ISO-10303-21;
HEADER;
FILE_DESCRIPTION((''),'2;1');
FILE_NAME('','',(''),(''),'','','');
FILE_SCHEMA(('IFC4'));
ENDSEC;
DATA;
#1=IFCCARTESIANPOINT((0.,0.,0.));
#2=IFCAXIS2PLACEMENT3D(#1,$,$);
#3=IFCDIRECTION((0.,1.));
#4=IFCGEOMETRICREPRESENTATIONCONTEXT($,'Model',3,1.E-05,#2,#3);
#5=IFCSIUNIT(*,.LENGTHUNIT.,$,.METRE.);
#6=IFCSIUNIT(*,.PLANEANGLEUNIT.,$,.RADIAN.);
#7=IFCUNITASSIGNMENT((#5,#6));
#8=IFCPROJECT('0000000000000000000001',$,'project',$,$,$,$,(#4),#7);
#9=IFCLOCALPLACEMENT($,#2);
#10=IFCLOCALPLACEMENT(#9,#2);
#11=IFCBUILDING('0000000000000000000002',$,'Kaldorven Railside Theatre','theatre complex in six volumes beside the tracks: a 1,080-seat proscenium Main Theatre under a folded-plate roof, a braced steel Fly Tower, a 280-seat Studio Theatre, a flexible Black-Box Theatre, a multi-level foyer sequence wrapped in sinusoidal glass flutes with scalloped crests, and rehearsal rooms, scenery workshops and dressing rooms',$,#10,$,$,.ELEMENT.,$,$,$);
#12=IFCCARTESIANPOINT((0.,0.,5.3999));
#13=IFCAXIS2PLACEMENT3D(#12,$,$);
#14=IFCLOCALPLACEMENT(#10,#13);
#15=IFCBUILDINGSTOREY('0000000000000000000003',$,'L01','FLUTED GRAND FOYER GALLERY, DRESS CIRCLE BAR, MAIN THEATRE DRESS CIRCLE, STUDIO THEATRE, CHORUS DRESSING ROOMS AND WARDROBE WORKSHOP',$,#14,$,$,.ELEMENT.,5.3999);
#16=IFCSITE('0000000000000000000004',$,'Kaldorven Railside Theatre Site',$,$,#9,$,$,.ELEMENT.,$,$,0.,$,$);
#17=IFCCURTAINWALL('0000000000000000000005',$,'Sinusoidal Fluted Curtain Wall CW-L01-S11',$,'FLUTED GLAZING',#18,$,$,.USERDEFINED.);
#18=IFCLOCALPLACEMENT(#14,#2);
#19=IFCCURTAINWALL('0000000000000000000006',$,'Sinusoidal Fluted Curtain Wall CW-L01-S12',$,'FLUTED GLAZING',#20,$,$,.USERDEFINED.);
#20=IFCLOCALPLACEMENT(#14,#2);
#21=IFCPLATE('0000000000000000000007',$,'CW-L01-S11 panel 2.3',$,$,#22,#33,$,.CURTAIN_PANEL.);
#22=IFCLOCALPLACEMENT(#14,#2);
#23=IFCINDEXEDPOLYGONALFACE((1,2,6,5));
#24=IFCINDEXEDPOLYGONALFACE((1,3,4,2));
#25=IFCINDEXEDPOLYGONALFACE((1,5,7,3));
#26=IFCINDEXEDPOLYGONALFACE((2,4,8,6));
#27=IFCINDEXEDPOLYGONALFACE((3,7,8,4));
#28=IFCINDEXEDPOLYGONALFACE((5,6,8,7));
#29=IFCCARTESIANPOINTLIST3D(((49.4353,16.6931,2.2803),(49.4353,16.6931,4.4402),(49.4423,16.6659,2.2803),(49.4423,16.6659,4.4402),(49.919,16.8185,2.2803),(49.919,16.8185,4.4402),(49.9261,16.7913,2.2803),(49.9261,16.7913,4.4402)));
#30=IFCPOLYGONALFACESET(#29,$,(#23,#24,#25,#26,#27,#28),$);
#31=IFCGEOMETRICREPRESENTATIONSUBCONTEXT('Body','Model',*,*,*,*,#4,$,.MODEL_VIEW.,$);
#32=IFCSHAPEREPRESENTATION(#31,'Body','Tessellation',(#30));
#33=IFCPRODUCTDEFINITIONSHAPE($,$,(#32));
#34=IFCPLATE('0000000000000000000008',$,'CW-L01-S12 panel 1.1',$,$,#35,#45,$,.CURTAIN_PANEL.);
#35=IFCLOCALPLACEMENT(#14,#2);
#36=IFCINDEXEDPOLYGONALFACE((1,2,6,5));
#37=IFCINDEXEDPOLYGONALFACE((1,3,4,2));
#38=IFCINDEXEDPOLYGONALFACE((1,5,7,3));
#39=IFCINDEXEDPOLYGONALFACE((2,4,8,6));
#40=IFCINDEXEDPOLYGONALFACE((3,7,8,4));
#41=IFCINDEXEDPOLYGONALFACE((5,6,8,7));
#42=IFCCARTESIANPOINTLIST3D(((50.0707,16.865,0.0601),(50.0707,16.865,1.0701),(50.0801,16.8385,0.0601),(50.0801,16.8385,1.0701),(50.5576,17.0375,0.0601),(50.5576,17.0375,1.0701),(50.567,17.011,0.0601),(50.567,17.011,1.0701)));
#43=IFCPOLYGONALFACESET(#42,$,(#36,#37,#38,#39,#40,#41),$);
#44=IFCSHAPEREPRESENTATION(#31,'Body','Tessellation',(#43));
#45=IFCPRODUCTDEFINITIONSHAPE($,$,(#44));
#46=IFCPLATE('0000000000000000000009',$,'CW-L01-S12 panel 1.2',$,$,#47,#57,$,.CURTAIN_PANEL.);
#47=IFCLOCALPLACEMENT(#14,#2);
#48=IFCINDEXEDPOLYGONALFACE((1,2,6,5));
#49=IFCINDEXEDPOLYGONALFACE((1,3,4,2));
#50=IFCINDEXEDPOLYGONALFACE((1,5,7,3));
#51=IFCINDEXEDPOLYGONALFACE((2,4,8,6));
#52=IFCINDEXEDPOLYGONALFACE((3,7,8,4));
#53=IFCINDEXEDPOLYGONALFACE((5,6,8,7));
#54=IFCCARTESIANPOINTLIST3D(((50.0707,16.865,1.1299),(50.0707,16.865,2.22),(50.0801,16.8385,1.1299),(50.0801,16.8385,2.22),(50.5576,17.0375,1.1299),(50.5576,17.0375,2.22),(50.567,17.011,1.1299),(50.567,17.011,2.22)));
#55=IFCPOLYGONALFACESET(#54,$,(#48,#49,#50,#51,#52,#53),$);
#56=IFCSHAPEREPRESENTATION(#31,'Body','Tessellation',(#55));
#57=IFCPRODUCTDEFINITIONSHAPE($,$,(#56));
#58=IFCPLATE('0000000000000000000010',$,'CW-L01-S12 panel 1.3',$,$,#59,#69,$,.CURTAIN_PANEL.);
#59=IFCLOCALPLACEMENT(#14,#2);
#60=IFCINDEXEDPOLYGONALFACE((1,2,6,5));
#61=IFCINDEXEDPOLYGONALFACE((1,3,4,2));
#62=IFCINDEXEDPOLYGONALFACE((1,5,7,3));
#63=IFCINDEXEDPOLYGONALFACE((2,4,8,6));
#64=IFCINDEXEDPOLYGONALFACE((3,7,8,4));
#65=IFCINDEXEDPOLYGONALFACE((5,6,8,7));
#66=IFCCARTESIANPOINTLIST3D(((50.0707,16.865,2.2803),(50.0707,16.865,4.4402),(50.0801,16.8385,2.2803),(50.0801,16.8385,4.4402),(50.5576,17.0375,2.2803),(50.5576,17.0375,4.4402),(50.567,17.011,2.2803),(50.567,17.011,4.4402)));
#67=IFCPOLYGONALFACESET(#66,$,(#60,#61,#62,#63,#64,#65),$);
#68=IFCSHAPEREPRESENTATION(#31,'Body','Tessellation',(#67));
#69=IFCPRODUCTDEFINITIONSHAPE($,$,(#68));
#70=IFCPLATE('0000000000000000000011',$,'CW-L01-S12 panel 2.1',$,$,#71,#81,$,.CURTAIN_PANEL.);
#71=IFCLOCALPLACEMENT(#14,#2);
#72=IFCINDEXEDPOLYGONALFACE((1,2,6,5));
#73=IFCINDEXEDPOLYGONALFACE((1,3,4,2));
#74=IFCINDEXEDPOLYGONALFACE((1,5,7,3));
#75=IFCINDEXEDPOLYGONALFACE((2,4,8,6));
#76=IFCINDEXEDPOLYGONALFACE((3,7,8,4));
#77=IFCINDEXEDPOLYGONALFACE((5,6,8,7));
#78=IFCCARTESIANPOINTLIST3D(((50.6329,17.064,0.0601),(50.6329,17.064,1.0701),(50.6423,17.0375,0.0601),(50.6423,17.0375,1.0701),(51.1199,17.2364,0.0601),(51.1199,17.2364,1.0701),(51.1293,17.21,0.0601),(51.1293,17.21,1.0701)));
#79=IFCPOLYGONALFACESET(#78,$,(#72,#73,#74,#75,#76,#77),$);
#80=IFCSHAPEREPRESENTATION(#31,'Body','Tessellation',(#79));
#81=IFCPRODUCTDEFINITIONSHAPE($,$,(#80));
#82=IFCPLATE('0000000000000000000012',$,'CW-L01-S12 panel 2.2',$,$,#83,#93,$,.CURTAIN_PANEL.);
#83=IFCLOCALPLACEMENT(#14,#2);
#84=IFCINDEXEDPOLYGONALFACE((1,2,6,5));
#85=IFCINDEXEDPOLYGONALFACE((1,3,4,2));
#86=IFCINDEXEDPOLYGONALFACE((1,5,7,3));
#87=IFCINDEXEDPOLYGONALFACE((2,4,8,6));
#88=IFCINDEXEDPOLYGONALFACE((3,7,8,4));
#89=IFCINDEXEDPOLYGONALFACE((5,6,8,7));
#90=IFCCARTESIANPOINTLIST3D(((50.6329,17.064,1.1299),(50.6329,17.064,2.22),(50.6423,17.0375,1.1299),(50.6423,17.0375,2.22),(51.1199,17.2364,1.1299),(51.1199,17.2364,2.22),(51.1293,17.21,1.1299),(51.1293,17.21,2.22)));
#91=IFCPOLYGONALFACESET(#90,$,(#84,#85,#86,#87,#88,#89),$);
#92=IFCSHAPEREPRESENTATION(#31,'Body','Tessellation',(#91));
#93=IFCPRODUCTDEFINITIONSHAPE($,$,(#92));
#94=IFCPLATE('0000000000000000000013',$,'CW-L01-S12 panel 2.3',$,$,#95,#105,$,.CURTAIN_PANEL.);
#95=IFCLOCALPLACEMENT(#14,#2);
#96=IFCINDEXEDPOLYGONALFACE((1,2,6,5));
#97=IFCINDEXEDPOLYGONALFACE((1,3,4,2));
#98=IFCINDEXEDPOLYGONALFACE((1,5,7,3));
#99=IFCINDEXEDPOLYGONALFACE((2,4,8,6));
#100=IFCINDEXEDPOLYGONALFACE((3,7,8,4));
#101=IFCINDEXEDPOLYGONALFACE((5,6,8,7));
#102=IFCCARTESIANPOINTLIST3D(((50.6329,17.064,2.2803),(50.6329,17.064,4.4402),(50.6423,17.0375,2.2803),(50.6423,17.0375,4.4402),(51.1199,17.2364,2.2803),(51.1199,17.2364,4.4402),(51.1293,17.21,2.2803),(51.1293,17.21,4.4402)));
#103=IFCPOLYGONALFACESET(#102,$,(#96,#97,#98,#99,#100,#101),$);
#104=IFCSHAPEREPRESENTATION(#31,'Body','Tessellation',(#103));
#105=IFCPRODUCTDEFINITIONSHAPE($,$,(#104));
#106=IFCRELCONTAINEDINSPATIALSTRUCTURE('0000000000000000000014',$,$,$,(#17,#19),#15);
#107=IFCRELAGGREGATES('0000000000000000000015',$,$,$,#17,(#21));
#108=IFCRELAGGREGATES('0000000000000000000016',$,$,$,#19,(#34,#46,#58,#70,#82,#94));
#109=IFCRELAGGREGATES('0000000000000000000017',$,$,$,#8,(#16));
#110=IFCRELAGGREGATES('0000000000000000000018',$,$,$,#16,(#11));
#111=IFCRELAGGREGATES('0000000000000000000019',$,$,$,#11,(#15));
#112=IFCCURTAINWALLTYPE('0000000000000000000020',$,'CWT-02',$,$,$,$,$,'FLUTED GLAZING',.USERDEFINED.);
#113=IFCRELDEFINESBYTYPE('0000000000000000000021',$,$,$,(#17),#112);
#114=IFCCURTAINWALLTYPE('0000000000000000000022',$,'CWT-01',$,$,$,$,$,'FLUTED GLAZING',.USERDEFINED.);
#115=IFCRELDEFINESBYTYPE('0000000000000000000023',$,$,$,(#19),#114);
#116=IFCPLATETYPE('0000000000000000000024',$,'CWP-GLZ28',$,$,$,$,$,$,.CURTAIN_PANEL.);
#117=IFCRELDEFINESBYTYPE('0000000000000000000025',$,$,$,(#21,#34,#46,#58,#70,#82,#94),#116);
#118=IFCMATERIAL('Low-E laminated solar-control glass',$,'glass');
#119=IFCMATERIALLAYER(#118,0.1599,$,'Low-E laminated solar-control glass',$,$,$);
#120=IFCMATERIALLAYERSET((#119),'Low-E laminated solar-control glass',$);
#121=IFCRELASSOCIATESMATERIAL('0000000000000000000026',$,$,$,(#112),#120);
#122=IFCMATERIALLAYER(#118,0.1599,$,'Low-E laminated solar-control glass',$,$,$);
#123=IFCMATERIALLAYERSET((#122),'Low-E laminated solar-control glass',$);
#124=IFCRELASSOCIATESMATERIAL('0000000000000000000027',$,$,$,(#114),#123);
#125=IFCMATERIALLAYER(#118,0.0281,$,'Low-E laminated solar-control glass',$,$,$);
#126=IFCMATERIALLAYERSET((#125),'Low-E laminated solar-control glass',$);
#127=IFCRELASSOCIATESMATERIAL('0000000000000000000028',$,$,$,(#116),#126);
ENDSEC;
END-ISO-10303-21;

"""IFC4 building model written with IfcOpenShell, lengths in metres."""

from ifc_helpers import new_model, si_unit, direction, frame, origin, origin_2d, place, context, subcontext, project, spatial, rectangle, extrude, material, layer, layer_set, type_object, element, aggregate, save


model = new_model("IFC4")

# Units and contexts
model_context = context("Model", 3, precision=1e-05, world=origin(), true_north=direction((0.0, 1.0)))
body_context = subcontext(model_context, "Body", "Model", "MODEL_VIEW")
ifc_project = project(units=[si_unit("LENGTHUNIT", "METRE"), si_unit("PLANEANGLEUNIT", "RADIAN")], contexts=[model_context])

# Site, building, storey
site_placement = place(None, origin())
site = spatial("IfcSite", under=ifc_project, at=site_placement, Name="Kaldorven Railside Theatre Site", CompositionType="ELEMENT", RefElevation=0.0)
building_placement = place(site_placement, origin())
building = spatial("IfcBuilding", under=site, at=building_placement, Name="Kaldorven Railside Theatre", Description="theatre complex in six volumes beside the tracks: a 1,080-seat proscenium Main Theatre under a folded-plate roof, a braced steel Fly Tower, a 280-seat Studio Theatre, a flexible Black-Box Theatre, a multi-level foyer sequence wrapped in sinusoidal glass flutes with scalloped crests, and rehearsal rooms, scenery workshops and dressing rooms", CompositionType="ELEMENT")
storey_placement = place(building_placement, frame((0.0, 0.0, 5.3999)))
storey = spatial("IfcBuildingStorey", under=building, at=storey_placement, Name="L01", Description="FLUTED GRAND FOYER GALLERY, DRESS CIRCLE BAR, MAIN THEATRE DRESS CIRCLE, STUDIO THEATRE, CHORUS DRESSING ROOMS AND WARDROBE WORKSHOP", CompositionType="ELEMENT", Elevation=5.3999)

# Curtain walls
ifc_material_1 = material(Name="Low-E laminated solar-control glass", Category="glass")
ifc_layer_1 = layer(ifc_material_1, 0.1599, Name="Low-E laminated solar-control glass")
ifc_layer_set_1 = layer_set([ifc_layer_1], Name="Low-E laminated solar-control glass")
curtain_wall_type_1 = type_object("IfcCurtainWallType", Name="CWT-02", ElementType="FLUTED GLAZING", PredefinedType="USERDEFINED", material=ifc_layer_set_1)
curtain_wall_1_placement = place(storey_placement, origin())
curtain_wall_1 = element("IfcCurtainWall", 1, at=curtain_wall_1_placement, inside=storey, type_object=curtain_wall_type_1, Name="Sinusoidal Fluted Curtain Wall CW-L01-S11", ObjectType="FLUTED GLAZING", PredefinedType="USERDEFINED")
ifc_layer_2 = layer(ifc_material_1, 0.1599, Name="Low-E laminated solar-control glass")
ifc_layer_set_2 = layer_set([ifc_layer_2], Name="Low-E laminated solar-control glass")
curtain_wall_type_2 = type_object("IfcCurtainWallType", Name="CWT-01", ElementType="FLUTED GLAZING", PredefinedType="USERDEFINED", material=ifc_layer_set_2)
curtain_wall_2_placement = place(storey_placement, origin())
curtain_wall_2 = element("IfcCurtainWall", 2, at=curtain_wall_2_placement, inside=storey, type_object=curtain_wall_type_2, Name="Sinusoidal Fluted Curtain Wall CW-L01-S12", ObjectType="FLUTED GLAZING", PredefinedType="USERDEFINED")

# Plates
ifc_layer_3 = layer(ifc_material_1, 0.0281, Name="Low-E laminated solar-control glass")
ifc_layer_set_3 = layer_set([ifc_layer_3], Name="Low-E laminated solar-control glass")
plate_type = type_object("IfcPlateType", Name="CWP-GLZ28", PredefinedType="CURTAIN_PANEL", material=ifc_layer_set_3)
plate_1_placement = place(storey_placement, frame((49.6807, 16.7422, 2.2803), z_axis=(0.0, 0.0, 1.0), x_axis=(0.967999, 0.250954, 0.0)))
plate_1 = element("IfcPlate", 3, at=plate_1_placement, type_object=plate_type, Name="CW-L01-S11 panel 2.3", PredefinedType="CURTAIN_PANEL", context=body_context, shape_type="SweptSolid", body=[
    extrude(rectangle(XDim=0.4998, YDim=0.0281, at=origin_2d()), origin(), (0.0, 0.0, 1.0), 2.1599),
])
aggregate(curtain_wall_1, [plate_1])
plate_2_placement = place(storey_placement, frame((50.3188, 16.938, 0.0601), z_axis=(0.0, 0.0, 1.0), x_axis=(0.942627, 0.333847, 0.0)))
plate_2 = element("IfcPlate", 4, at=plate_2_placement, type_object=plate_type, Name="CW-L01-S12 panel 1.1", PredefinedType="CURTAIN_PANEL", context=body_context, shape_type="SweptSolid", body=[
    extrude(rectangle(XDim=0.5166, YDim=0.0281, at=origin_2d()), origin(), (0.0, 0.0, 1.0), 1.01),
])
plate_3_placement = place(storey_placement, frame((50.3188, 16.938, 1.1299), z_axis=(0.0, 0.0, 1.0), x_axis=(0.942627, 0.333847, 0.0)))
plate_3 = element("IfcPlate", 5, at=plate_3_placement, type_object=plate_type, Name="CW-L01-S12 panel 1.2", PredefinedType="CURTAIN_PANEL", context=body_context, shape_type="SweptSolid", body=[
    extrude(rectangle(XDim=0.5166, YDim=0.0281, at=origin_2d()), origin(), (0.0, 0.0, 1.0), 1.0901),
])
plate_4_placement = place(storey_placement, frame((50.3188, 16.938, 2.2803), z_axis=(0.0, 0.0, 1.0), x_axis=(0.942627, 0.333847, 0.0)))
plate_4 = element("IfcPlate", 6, at=plate_4_placement, type_object=plate_type, Name="CW-L01-S12 panel 1.3", PredefinedType="CURTAIN_PANEL", context=body_context, shape_type="SweptSolid", body=[
    extrude(rectangle(XDim=0.5166, YDim=0.0281, at=origin_2d()), origin(), (0.0, 0.0, 1.0), 2.1599),
])
plate_5_placement = place(storey_placement, frame((50.8811, 17.137, 0.0601), z_axis=(0.0, 0.0, 1.0), x_axis=(0.942627, 0.333847, 0.0)))
plate_5 = element("IfcPlate", 7, at=plate_5_placement, type_object=plate_type, Name="CW-L01-S12 panel 2.1", PredefinedType="CURTAIN_PANEL", context=body_context, shape_type="SweptSolid", body=[
    extrude(rectangle(XDim=0.5166, YDim=0.0281, at=origin_2d()), origin(), (0.0, 0.0, 1.0), 1.01),
])
plate_6_placement = place(storey_placement, frame((50.8811, 17.137, 1.1299), z_axis=(0.0, 0.0, 1.0), x_axis=(0.942627, 0.333847, 0.0)))
plate_6 = element("IfcPlate", 8, at=plate_6_placement, type_object=plate_type, Name="CW-L01-S12 panel 2.2", PredefinedType="CURTAIN_PANEL", context=body_context, shape_type="SweptSolid", body=[
    extrude(rectangle(XDim=0.5166, YDim=0.0281, at=origin_2d()), origin(), (0.0, 0.0, 1.0), 1.0901),
])
plate_7_placement = place(storey_placement, frame((50.8811, 17.137, 2.2803), z_axis=(0.0, 0.0, 1.0), x_axis=(0.942627, 0.333847, 0.0)))
plate_7 = element("IfcPlate", 9, at=plate_7_placement, type_object=plate_type, Name="CW-L01-S12 panel 2.3", PredefinedType="CURTAIN_PANEL", context=body_context, shape_type="SweptSolid", body=[
    extrude(rectangle(XDim=0.5166, YDim=0.0281, at=origin_2d()), origin(), (0.0, 0.0, 1.0), 2.1599),
])
aggregate(curtain_wall_2, [plate_2, plate_3, plate_4, plate_5, plate_6, plate_7])

save(model, "model.ifc")
